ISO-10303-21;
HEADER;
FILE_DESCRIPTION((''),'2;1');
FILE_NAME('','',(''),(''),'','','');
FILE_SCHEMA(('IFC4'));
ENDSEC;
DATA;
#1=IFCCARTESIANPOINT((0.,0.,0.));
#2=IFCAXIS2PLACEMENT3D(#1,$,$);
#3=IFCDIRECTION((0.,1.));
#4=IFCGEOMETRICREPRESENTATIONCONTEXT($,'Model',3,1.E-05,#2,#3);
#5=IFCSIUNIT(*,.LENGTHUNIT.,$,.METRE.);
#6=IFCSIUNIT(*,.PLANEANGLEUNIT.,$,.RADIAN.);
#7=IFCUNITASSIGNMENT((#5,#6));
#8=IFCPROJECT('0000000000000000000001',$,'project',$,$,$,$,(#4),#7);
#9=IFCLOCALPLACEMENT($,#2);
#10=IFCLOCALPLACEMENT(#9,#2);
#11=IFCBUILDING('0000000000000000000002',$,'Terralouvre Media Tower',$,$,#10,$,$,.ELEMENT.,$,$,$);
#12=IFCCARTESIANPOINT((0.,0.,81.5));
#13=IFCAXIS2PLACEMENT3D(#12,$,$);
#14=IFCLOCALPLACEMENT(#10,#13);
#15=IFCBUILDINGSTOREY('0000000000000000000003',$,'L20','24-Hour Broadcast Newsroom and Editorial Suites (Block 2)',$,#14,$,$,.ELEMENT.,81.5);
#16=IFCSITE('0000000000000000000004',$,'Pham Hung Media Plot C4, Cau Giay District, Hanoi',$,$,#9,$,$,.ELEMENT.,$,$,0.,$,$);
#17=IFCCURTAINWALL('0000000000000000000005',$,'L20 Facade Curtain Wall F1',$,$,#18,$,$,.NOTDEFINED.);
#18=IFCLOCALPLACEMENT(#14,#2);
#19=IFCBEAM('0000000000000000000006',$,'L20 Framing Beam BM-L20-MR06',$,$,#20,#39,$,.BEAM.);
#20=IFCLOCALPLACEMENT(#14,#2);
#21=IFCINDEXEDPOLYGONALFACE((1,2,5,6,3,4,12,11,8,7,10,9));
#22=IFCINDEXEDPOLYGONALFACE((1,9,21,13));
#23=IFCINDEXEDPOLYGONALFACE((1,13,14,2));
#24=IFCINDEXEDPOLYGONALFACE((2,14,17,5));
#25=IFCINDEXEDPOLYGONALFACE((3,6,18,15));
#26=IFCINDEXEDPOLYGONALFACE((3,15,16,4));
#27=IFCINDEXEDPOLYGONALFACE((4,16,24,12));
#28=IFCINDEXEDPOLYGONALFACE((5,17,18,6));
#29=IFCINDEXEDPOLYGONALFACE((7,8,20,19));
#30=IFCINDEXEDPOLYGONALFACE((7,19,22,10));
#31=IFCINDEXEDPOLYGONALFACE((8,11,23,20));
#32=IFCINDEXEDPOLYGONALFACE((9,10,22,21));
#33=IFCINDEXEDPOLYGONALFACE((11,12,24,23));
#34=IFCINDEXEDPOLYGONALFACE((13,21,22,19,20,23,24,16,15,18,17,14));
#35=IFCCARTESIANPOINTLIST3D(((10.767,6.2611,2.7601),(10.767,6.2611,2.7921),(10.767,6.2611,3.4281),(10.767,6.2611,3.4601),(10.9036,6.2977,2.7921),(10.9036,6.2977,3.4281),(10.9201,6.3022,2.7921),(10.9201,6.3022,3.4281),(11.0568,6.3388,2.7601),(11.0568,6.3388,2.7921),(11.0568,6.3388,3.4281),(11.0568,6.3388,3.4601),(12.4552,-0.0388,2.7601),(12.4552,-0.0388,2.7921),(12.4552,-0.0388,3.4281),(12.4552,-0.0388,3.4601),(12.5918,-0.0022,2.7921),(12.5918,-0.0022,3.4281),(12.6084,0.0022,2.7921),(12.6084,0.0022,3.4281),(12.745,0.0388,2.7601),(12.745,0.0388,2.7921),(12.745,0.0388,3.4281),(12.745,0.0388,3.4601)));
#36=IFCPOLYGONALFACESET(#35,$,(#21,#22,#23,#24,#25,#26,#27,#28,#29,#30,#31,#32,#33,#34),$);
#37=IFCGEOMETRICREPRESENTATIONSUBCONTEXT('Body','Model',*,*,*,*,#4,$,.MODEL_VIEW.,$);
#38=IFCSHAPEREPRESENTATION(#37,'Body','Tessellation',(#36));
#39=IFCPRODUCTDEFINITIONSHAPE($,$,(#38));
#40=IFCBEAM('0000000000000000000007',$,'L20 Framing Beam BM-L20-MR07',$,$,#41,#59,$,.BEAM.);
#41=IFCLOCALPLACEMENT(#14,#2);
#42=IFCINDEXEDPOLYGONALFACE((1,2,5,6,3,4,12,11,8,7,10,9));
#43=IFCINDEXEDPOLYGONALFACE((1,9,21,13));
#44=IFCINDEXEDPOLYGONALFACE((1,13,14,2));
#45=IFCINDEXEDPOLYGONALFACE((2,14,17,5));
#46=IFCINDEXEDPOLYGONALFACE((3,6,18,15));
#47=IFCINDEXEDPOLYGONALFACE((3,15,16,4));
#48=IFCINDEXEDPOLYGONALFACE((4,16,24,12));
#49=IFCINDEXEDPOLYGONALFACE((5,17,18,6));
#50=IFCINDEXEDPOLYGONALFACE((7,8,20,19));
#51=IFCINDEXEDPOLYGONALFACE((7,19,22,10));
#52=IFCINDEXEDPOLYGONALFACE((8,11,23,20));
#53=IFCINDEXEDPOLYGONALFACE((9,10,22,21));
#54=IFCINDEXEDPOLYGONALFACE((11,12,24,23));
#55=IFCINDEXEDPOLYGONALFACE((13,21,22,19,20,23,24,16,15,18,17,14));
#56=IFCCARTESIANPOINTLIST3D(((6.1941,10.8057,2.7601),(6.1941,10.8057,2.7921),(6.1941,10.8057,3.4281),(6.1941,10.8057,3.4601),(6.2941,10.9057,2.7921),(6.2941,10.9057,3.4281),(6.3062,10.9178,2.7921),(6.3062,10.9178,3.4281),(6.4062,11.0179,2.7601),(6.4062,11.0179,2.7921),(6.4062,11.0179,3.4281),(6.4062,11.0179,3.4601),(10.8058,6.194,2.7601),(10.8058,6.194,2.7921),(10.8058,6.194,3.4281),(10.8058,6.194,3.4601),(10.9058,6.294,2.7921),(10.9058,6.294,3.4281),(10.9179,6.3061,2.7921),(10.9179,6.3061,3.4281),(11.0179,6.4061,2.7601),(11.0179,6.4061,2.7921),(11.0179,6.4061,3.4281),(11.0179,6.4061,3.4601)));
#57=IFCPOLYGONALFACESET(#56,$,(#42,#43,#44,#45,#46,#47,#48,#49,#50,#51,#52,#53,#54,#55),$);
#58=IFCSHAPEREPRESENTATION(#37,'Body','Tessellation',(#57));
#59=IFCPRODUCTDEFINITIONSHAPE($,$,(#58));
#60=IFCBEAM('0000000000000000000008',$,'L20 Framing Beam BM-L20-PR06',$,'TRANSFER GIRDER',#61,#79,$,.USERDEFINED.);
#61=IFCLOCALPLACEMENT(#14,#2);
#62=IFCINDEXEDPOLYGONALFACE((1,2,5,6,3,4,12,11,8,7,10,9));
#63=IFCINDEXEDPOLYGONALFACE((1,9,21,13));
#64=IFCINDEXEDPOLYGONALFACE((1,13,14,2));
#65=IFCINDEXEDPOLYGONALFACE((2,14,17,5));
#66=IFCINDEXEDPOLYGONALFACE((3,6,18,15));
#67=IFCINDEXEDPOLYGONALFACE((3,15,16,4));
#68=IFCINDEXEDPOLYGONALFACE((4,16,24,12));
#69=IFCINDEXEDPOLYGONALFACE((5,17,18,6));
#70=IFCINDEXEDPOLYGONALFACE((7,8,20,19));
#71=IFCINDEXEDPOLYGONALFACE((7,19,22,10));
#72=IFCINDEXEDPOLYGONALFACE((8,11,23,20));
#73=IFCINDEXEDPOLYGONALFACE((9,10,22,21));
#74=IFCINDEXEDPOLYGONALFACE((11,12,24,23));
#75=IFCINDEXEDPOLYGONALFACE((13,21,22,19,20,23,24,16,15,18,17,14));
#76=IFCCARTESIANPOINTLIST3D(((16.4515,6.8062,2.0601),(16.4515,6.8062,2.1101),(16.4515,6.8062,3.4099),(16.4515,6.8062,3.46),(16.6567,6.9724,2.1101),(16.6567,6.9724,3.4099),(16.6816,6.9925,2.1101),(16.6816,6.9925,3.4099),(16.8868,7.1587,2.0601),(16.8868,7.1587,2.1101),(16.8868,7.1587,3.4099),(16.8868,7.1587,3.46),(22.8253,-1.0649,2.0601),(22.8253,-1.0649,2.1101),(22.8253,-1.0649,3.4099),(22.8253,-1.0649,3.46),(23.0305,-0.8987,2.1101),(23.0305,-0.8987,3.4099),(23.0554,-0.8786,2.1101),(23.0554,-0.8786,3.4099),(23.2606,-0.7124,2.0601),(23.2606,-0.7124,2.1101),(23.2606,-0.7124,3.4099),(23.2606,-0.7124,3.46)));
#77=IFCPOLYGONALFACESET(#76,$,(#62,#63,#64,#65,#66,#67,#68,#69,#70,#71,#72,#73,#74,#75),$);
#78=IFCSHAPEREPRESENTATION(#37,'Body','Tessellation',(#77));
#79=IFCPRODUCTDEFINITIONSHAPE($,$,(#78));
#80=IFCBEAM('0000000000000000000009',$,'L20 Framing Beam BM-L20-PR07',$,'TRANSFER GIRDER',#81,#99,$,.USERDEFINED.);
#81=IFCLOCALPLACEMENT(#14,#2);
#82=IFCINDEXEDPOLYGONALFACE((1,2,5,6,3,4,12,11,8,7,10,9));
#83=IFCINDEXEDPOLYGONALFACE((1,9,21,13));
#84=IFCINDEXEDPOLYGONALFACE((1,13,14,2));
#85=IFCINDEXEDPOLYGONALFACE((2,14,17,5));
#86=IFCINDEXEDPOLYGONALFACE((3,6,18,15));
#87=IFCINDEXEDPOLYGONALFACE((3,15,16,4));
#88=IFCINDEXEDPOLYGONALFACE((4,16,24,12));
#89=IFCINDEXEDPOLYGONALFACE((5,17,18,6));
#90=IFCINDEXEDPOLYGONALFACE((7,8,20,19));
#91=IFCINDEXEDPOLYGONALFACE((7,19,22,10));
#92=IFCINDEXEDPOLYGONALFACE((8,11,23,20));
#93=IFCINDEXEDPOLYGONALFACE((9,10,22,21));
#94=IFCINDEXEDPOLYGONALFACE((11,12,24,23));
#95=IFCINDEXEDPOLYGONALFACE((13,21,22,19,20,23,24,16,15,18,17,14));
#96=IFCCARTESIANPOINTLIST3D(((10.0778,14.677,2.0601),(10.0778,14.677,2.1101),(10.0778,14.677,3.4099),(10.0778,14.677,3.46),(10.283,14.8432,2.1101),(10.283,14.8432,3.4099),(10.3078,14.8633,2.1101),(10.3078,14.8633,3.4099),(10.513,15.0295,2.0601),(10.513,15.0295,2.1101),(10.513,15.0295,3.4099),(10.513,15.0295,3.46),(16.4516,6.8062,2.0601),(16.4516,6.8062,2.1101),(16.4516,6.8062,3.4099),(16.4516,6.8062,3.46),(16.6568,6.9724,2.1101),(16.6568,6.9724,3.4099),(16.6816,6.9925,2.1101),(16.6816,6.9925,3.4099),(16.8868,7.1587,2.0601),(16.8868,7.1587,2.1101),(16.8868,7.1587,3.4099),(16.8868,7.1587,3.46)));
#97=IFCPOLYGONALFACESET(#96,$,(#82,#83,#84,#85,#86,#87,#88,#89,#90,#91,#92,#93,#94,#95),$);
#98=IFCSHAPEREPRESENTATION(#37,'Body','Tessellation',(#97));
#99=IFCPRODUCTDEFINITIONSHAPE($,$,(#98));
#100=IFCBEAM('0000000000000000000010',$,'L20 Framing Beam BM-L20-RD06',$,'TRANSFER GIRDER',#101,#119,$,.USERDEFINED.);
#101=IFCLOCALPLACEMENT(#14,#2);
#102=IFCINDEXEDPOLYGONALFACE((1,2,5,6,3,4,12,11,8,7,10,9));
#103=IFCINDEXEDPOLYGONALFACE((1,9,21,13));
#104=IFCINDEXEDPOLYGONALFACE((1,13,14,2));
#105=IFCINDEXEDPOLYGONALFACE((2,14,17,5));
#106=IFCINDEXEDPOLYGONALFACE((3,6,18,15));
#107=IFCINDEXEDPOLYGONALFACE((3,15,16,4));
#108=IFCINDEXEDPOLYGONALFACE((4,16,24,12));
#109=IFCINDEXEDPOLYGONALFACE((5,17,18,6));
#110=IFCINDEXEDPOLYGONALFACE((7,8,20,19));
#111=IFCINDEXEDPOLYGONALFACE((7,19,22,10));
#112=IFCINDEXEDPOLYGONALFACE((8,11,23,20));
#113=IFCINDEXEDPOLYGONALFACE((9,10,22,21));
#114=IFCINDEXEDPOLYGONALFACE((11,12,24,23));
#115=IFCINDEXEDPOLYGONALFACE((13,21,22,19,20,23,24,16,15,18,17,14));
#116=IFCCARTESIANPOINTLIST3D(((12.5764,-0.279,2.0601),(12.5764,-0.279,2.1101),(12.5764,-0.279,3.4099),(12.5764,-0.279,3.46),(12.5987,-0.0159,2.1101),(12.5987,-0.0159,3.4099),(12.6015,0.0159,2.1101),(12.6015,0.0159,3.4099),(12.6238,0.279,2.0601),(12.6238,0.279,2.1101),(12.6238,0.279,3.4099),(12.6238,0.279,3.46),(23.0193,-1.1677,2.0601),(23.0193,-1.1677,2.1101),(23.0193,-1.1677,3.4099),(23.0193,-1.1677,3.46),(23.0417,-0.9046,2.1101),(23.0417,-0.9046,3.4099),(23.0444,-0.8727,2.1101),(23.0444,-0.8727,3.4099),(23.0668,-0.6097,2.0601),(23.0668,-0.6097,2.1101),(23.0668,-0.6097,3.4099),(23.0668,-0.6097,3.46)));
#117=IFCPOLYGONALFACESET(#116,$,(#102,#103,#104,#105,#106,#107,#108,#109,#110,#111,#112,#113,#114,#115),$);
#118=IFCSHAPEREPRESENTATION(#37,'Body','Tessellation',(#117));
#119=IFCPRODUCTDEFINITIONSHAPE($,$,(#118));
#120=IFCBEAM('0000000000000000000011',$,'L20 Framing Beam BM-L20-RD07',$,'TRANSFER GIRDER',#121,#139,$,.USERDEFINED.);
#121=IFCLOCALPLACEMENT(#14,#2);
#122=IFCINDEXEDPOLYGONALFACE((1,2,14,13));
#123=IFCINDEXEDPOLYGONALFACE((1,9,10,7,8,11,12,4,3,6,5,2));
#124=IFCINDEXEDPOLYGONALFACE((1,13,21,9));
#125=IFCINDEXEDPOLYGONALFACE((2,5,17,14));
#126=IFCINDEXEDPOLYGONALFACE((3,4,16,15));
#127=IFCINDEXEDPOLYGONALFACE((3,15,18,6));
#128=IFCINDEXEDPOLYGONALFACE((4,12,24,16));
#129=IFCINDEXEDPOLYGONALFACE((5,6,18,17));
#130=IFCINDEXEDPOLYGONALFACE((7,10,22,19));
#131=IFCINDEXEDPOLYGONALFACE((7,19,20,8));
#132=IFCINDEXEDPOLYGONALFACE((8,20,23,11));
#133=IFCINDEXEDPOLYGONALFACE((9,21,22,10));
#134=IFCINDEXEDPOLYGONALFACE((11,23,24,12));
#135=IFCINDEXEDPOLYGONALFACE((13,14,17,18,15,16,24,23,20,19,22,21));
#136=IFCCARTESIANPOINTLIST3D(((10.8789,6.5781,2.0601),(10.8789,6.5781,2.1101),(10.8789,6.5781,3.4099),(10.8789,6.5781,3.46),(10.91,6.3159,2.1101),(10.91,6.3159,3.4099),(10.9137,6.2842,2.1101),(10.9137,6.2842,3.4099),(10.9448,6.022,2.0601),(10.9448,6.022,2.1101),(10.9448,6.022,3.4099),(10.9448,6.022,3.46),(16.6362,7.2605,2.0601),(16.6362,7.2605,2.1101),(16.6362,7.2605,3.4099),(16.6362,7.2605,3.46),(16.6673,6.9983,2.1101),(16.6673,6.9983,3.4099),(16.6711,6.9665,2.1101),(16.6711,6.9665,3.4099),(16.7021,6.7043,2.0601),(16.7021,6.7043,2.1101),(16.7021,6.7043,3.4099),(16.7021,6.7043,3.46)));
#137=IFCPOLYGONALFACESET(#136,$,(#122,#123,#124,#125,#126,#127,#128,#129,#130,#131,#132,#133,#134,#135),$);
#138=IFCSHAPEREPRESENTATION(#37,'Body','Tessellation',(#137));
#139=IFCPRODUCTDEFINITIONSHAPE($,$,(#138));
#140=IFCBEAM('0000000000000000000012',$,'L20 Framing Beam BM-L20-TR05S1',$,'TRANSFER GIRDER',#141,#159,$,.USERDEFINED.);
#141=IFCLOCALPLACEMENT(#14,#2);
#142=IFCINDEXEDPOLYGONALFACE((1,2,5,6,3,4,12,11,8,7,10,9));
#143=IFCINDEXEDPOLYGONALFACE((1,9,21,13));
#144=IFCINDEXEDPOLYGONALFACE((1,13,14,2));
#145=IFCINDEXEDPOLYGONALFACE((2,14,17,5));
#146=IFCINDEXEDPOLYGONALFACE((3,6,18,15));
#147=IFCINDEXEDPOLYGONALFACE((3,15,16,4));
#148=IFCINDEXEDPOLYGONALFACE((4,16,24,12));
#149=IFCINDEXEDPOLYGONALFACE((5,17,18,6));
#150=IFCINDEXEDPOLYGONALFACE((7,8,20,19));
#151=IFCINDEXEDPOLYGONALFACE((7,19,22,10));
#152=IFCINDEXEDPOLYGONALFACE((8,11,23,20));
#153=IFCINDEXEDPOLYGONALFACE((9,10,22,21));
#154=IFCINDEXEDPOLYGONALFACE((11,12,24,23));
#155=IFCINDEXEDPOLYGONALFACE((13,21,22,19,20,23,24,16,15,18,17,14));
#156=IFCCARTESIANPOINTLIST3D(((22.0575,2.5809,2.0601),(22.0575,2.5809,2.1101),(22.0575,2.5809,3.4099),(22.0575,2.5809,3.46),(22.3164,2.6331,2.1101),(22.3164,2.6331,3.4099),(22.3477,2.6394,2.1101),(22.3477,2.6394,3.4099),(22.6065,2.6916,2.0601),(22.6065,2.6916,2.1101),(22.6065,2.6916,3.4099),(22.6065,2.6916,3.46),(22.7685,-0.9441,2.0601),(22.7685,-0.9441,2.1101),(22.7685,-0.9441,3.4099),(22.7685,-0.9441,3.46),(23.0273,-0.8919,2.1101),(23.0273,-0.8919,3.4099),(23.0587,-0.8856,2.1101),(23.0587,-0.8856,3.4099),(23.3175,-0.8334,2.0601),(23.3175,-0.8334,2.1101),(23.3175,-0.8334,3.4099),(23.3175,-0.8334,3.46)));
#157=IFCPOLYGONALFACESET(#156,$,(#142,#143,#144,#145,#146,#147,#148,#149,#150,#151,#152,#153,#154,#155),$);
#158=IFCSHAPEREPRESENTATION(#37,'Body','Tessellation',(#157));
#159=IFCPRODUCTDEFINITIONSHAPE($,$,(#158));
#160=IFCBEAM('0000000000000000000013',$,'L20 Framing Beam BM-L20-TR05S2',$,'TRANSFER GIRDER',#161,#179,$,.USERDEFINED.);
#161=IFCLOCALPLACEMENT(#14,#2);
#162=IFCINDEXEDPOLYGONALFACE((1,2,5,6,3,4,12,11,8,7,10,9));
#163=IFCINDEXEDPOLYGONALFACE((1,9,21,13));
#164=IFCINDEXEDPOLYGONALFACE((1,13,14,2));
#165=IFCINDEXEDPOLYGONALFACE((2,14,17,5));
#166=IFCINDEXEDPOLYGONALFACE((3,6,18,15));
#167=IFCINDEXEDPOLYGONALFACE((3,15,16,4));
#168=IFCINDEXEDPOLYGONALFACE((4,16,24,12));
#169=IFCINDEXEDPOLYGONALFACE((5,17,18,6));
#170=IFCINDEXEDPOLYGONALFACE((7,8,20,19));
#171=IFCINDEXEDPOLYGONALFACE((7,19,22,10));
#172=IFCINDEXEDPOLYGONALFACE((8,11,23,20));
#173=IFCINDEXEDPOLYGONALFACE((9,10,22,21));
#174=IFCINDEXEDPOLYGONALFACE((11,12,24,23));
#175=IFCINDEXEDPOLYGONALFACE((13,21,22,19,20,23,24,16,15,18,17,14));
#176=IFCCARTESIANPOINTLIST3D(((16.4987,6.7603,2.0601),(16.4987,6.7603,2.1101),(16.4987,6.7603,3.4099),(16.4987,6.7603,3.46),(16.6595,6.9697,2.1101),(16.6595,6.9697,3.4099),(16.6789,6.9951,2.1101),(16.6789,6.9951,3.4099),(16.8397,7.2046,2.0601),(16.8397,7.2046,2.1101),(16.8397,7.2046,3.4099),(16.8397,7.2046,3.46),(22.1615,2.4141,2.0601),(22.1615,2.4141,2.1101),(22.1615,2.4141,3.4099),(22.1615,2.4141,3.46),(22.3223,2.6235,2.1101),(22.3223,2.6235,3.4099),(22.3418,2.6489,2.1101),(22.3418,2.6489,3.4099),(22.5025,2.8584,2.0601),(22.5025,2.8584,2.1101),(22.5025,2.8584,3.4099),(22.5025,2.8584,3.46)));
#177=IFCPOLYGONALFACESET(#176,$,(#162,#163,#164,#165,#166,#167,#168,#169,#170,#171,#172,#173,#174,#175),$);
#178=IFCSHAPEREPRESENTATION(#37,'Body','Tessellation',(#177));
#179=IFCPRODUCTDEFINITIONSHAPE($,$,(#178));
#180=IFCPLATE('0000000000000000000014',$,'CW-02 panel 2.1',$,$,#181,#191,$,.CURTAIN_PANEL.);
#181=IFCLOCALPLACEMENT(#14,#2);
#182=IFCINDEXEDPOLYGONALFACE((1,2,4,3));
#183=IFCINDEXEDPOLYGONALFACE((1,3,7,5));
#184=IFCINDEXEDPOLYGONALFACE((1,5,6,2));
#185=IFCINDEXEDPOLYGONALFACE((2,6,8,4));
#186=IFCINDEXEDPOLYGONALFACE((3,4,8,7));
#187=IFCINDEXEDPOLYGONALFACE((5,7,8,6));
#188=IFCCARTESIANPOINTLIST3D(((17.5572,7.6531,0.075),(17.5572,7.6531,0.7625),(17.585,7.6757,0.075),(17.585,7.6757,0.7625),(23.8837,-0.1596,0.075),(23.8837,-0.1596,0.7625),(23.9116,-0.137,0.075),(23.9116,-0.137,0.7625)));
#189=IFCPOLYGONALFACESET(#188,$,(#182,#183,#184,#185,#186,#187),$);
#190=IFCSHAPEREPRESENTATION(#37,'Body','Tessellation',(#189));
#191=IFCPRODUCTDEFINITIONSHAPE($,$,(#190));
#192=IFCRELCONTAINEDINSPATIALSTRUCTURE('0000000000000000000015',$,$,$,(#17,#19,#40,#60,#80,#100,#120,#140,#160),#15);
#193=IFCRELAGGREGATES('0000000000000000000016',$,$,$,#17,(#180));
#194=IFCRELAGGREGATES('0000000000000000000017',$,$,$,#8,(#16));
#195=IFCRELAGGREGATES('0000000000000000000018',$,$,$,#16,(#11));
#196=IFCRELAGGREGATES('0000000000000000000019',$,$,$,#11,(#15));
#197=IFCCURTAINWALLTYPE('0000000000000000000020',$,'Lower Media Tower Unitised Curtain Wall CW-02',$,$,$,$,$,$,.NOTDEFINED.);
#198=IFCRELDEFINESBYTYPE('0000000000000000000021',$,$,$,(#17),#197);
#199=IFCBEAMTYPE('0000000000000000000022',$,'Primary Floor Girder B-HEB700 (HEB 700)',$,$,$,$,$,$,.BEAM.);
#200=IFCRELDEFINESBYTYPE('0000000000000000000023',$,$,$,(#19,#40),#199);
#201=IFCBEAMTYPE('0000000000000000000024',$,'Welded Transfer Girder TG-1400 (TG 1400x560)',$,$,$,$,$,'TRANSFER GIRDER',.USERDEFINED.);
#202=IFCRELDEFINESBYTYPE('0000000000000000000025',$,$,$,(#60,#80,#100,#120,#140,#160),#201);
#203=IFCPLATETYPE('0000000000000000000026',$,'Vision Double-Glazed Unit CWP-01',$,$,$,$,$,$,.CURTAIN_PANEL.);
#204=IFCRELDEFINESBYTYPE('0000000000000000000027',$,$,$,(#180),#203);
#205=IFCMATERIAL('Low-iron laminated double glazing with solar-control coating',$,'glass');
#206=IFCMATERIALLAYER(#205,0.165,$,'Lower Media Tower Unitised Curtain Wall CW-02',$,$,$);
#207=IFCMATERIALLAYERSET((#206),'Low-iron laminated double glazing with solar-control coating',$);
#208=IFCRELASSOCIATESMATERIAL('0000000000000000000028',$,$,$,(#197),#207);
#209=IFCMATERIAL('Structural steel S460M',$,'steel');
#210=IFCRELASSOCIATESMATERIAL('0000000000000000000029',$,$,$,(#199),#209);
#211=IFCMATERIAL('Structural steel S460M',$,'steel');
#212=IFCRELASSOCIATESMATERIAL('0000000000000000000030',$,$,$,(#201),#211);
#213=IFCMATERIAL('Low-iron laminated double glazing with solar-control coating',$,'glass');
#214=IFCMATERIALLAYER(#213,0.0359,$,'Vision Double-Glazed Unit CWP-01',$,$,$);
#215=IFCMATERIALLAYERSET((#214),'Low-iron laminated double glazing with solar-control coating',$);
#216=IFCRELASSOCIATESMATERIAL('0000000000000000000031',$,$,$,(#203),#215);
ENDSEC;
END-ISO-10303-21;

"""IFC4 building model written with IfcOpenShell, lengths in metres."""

from ifc_helpers import new_model, si_unit, direction, frame, origin, origin_2d, place, context, subcontext, project, spatial, rectangle, i_section, extrude, material, layer, layer_set, material_profile, profile_set, type_object, element, aggregate, save


model = new_model("IFC4")

# Units and contexts
model_context = context("Model", 3, precision=1e-05, world=origin(), true_north=direction((0.0, 1.0)))
body_context = subcontext(model_context, "Body", "Model", "MODEL_VIEW")
ifc_project = project(units=[si_unit("LENGTHUNIT", "METRE"), si_unit("PLANEANGLEUNIT", "RADIAN")], contexts=[model_context])

# Site, building, storey
site_placement = place(None, origin())
site = spatial("IfcSite", under=ifc_project, at=site_placement, Name="Pham Hung Media Plot C4, Cau Giay District, Hanoi", CompositionType="ELEMENT", RefElevation=0.0)
building_placement = place(site_placement, origin())
building = spatial("IfcBuilding", under=site, at=building_placement, Name="Terralouvre Media Tower", CompositionType="ELEMENT")
storey_placement = place(building_placement, frame((0.0, 0.0, 81.5)))
storey = spatial("IfcBuildingStorey", under=building, at=storey_placement, Name="L20", Description="24-Hour Broadcast Newsroom and Editorial Suites (Block 2)", CompositionType="ELEMENT", Elevation=81.5)

# Curtain wall
ifc_material_1 = material(Name="Low-iron laminated double glazing with solar-control coating", Category="glass")
ifc_layer_1 = layer(ifc_material_1, 0.165, Name="Lower Media Tower Unitised Curtain Wall CW-02")
ifc_layer_set_1 = layer_set([ifc_layer_1], Name="Low-iron laminated double glazing with solar-control coating")
curtain_wall_type = type_object("IfcCurtainWallType", Name="Lower Media Tower Unitised Curtain Wall CW-02", PredefinedType="NOTDEFINED", material=ifc_layer_set_1)
curtain_wall_placement = place(storey_placement, origin())
curtain_wall = element("IfcCurtainWall", 1, at=curtain_wall_placement, inside=storey, type_object=curtain_wall_type, Name="L20 Facade Curtain Wall F1", PredefinedType="NOTDEFINED")

# Beams
ifc_material_2 = material(Name="Structural steel S460M", Category="steel")
ifc_material_profile_1 = material_profile(ifc_material_2, i_section(OverallWidth=0.3, OverallDepth=0.7, WebThickness=0.0171, FlangeThickness=0.032, at=origin_2d()), Name="HEB 700")
ifc_profile_set_1 = profile_set([ifc_material_profile_1], Name="Structural steel S460M")
beam_type_1 = type_object("IfcBeamType", Name="Primary Floor Girder B-HEB700 (HEB 700)", PredefinedType="BEAM", material=ifc_profile_set_1)
beam_1_placement = place(storey_placement, frame((12.6001, 0.0, 3.1101), z_axis=(-0.258839, 0.96592, 0.0), x_axis=(-0.96592, -0.258839, 0.0)))
element("IfcBeam", 2, at=beam_1_placement, inside=storey, type_object=beam_type_1, Name="L20 Framing Beam BM-L20-MR06", PredefinedType="BEAM", context=body_context, shape_type="SweptSolid", body=[
    extrude(i_section(OverallWidth=0.3, OverallDepth=0.7, WebThickness=0.0171, FlangeThickness=0.032, at=origin_2d()), origin(), (0.0, 0.0, 1.0), 6.5222),
])
beam_2_placement = place(storey_placement, frame((10.9119, 6.3, 3.1101), z_axis=(-0.707107, 0.707107, 0.0), x_axis=(-0.707107, -0.707107, 0.0)))
element("IfcBeam", 3, at=beam_2_placement, inside=storey, type_object=beam_type_1, Name="L20 Framing Beam BM-L20-MR07", PredefinedType="BEAM", context=body_context, shape_type="SweptSolid", body=[
    extrude(i_section(OverallWidth=0.3, OverallDepth=0.7, WebThickness=0.0171, FlangeThickness=0.032, at=origin_2d()), origin(), (0.0, 0.0, 1.0), 6.522),
])
ifc_material_3 = material(Name="Structural steel S460M", Category="steel")
ifc_material_profile_2 = material_profile(ifc_material_3, i_section(OverallWidth=0.5601, OverallDepth=1.3999, WebThickness=0.032, FlangeThickness=0.05, at=origin_2d()), Name="TG 1400x560")
ifc_profile_set_2 = profile_set([ifc_material_profile_2], Name="Structural steel S460M")
beam_type_2 = type_object("IfcBeamType", Name="Welded Transfer Girder TG-1400 (TG 1400x560)", ElementType="TRANSFER GIRDER", PredefinedType="USERDEFINED", material=ifc_profile_set_2)
beam_3_placement = place(storey_placement, frame((23.043, -0.8887, 2.76), z_axis=(-0.629314, 0.777151, 0.0), x_axis=(-0.777151, -0.629314, 0.0)))
element("IfcBeam", 4, at=beam_3_placement, inside=storey, type_object=beam_type_2, Name="L20 Framing Beam BM-L20-PR06", ObjectType="TRANSFER GIRDER", PredefinedType="USERDEFINED", context=body_context, shape_type="SweptSolid", body=[
    extrude(i_section(OverallWidth=0.5601, OverallDepth=1.3999, WebThickness=0.032, FlangeThickness=0.05, at=origin_2d()), origin(), (0.0, 0.0, 1.0), 10.1282),
])
beam_4_placement = place(storey_placement, frame((16.6692, 6.9824, 2.76), z_axis=(-0.629326, 0.777142, 0.0), x_axis=(-0.777142, -0.629326, 0.0)))
element("IfcBeam", 5, at=beam_4_placement, inside=storey, type_object=beam_type_2, Name="L20 Framing Beam BM-L20-PR07", ObjectType="TRANSFER GIRDER", PredefinedType="USERDEFINED", context=body_context, shape_type="SweptSolid", body=[
    extrude(i_section(OverallWidth=0.5601, OverallDepth=1.3999, WebThickness=0.032, FlangeThickness=0.05, at=origin_2d()), origin(), (0.0, 0.0, 1.0), 10.1279),
])
beam_5_placement = place(storey_placement, frame((12.6001, 0.0, 2.76), z_axis=(0.996399, -0.084792, 0.0), x_axis=(0.084792, 0.996399, 0.0)))
element("IfcBeam", 6, at=beam_5_placement, inside=storey, type_object=beam_type_2, Name="L20 Framing Beam BM-L20-RD06", ObjectType="TRANSFER GIRDER", PredefinedType="USERDEFINED", context=body_context, shape_type="SweptSolid", body=[
    extrude(i_section(OverallWidth=0.5601, OverallDepth=1.3999, WebThickness=0.032, FlangeThickness=0.05, at=origin_2d()), origin(), (0.0, 0.0, 1.0), 10.4807),
])
beam_6_placement = place(storey_placement, frame((10.9119, 6.3, 2.76), z_axis=(0.993049, 0.117699, 0.0), x_axis=(-0.117699, 0.993049, 0.0)))
element("IfcBeam", 7, at=beam_6_placement, inside=storey, type_object=beam_type_2, Name="L20 Framing Beam BM-L20-RD07", ObjectType="TRANSFER GIRDER", PredefinedType="USERDEFINED", context=body_context, shape_type="SweptSolid", body=[
    extrude(i_section(OverallWidth=0.5601, OverallDepth=1.3999, WebThickness=0.032, FlangeThickness=0.05, at=origin_2d()), origin(), (0.0, 0.0, 1.0), 5.7976),
])
beam_7_placement = place(storey_placement, frame((22.332, 2.6362, 2.76), z_axis=(0.197709, -0.980261, 0.0), x_axis=(0.980261, 0.197709, 0.0)))
element("IfcBeam", 8, at=beam_7_placement, inside=storey, type_object=beam_type_2, Name="L20 Framing Beam BM-L20-TR05S1", ObjectType="TRANSFER GIRDER", PredefinedType="USERDEFINED", context=body_context, shape_type="SweptSolid", body=[
    extrude(i_section(OverallWidth=0.5601, OverallDepth=1.3999, WebThickness=0.032, FlangeThickness=0.05, at=origin_2d()), origin(), (0.0, 0.0, 1.0), 3.5959),
])
beam_8_placement = place(storey_placement, frame((22.332, 2.6362, 2.76), z_axis=(-0.79329, 0.608844, 0.0), x_axis=(-0.608844, -0.79329, 0.0)))
element("IfcBeam", 9, at=beam_8_placement, inside=storey, type_object=beam_type_2, Name="L20 Framing Beam BM-L20-TR05S2", ObjectType="TRANSFER GIRDER", PredefinedType="USERDEFINED", context=body_context, shape_type="SweptSolid", body=[
    extrude(i_section(OverallWidth=0.5601, OverallDepth=1.3999, WebThickness=0.032, FlangeThickness=0.05, at=origin_2d()), origin(), (0.0, 0.0, 1.0), 7.1384),
])

# Plate
ifc_material_4 = material(Name="Low-iron laminated double glazing with solar-control coating", Category="glass")
ifc_layer_2 = layer(ifc_material_4, 0.0359, Name="Vision Double-Glazed Unit CWP-01")
ifc_layer_set_2 = layer_set([ifc_layer_2], Name="Low-iron laminated double glazing with solar-control coating")
plate_type = type_object("IfcPlateType", Name="Vision Double-Glazed Unit CWP-01", PredefinedType="CURTAIN_PANEL", material=ifc_layer_set_2)
plate_1_placement = place(storey_placement, frame((20.7344, 3.7581, 0.075), z_axis=(0.0, 0.0, 1.0), x_axis=(-0.62932, 0.777146, 0.0)))
plate_1 = element("IfcPlate", 10, at=plate_1_placement, type_object=plate_type, Name="CW-02 panel 2.1", PredefinedType="CURTAIN_PANEL", context=body_context, shape_type="SweptSolid", body=[
    extrude(rectangle(XDim=10.053, YDim=0.0359, at=origin_2d()), origin(), (0.0, 0.0, 1.0), 0.6875),
])
aggregate(curtain_wall, [plate_1])

save(model, "model.ifc")
